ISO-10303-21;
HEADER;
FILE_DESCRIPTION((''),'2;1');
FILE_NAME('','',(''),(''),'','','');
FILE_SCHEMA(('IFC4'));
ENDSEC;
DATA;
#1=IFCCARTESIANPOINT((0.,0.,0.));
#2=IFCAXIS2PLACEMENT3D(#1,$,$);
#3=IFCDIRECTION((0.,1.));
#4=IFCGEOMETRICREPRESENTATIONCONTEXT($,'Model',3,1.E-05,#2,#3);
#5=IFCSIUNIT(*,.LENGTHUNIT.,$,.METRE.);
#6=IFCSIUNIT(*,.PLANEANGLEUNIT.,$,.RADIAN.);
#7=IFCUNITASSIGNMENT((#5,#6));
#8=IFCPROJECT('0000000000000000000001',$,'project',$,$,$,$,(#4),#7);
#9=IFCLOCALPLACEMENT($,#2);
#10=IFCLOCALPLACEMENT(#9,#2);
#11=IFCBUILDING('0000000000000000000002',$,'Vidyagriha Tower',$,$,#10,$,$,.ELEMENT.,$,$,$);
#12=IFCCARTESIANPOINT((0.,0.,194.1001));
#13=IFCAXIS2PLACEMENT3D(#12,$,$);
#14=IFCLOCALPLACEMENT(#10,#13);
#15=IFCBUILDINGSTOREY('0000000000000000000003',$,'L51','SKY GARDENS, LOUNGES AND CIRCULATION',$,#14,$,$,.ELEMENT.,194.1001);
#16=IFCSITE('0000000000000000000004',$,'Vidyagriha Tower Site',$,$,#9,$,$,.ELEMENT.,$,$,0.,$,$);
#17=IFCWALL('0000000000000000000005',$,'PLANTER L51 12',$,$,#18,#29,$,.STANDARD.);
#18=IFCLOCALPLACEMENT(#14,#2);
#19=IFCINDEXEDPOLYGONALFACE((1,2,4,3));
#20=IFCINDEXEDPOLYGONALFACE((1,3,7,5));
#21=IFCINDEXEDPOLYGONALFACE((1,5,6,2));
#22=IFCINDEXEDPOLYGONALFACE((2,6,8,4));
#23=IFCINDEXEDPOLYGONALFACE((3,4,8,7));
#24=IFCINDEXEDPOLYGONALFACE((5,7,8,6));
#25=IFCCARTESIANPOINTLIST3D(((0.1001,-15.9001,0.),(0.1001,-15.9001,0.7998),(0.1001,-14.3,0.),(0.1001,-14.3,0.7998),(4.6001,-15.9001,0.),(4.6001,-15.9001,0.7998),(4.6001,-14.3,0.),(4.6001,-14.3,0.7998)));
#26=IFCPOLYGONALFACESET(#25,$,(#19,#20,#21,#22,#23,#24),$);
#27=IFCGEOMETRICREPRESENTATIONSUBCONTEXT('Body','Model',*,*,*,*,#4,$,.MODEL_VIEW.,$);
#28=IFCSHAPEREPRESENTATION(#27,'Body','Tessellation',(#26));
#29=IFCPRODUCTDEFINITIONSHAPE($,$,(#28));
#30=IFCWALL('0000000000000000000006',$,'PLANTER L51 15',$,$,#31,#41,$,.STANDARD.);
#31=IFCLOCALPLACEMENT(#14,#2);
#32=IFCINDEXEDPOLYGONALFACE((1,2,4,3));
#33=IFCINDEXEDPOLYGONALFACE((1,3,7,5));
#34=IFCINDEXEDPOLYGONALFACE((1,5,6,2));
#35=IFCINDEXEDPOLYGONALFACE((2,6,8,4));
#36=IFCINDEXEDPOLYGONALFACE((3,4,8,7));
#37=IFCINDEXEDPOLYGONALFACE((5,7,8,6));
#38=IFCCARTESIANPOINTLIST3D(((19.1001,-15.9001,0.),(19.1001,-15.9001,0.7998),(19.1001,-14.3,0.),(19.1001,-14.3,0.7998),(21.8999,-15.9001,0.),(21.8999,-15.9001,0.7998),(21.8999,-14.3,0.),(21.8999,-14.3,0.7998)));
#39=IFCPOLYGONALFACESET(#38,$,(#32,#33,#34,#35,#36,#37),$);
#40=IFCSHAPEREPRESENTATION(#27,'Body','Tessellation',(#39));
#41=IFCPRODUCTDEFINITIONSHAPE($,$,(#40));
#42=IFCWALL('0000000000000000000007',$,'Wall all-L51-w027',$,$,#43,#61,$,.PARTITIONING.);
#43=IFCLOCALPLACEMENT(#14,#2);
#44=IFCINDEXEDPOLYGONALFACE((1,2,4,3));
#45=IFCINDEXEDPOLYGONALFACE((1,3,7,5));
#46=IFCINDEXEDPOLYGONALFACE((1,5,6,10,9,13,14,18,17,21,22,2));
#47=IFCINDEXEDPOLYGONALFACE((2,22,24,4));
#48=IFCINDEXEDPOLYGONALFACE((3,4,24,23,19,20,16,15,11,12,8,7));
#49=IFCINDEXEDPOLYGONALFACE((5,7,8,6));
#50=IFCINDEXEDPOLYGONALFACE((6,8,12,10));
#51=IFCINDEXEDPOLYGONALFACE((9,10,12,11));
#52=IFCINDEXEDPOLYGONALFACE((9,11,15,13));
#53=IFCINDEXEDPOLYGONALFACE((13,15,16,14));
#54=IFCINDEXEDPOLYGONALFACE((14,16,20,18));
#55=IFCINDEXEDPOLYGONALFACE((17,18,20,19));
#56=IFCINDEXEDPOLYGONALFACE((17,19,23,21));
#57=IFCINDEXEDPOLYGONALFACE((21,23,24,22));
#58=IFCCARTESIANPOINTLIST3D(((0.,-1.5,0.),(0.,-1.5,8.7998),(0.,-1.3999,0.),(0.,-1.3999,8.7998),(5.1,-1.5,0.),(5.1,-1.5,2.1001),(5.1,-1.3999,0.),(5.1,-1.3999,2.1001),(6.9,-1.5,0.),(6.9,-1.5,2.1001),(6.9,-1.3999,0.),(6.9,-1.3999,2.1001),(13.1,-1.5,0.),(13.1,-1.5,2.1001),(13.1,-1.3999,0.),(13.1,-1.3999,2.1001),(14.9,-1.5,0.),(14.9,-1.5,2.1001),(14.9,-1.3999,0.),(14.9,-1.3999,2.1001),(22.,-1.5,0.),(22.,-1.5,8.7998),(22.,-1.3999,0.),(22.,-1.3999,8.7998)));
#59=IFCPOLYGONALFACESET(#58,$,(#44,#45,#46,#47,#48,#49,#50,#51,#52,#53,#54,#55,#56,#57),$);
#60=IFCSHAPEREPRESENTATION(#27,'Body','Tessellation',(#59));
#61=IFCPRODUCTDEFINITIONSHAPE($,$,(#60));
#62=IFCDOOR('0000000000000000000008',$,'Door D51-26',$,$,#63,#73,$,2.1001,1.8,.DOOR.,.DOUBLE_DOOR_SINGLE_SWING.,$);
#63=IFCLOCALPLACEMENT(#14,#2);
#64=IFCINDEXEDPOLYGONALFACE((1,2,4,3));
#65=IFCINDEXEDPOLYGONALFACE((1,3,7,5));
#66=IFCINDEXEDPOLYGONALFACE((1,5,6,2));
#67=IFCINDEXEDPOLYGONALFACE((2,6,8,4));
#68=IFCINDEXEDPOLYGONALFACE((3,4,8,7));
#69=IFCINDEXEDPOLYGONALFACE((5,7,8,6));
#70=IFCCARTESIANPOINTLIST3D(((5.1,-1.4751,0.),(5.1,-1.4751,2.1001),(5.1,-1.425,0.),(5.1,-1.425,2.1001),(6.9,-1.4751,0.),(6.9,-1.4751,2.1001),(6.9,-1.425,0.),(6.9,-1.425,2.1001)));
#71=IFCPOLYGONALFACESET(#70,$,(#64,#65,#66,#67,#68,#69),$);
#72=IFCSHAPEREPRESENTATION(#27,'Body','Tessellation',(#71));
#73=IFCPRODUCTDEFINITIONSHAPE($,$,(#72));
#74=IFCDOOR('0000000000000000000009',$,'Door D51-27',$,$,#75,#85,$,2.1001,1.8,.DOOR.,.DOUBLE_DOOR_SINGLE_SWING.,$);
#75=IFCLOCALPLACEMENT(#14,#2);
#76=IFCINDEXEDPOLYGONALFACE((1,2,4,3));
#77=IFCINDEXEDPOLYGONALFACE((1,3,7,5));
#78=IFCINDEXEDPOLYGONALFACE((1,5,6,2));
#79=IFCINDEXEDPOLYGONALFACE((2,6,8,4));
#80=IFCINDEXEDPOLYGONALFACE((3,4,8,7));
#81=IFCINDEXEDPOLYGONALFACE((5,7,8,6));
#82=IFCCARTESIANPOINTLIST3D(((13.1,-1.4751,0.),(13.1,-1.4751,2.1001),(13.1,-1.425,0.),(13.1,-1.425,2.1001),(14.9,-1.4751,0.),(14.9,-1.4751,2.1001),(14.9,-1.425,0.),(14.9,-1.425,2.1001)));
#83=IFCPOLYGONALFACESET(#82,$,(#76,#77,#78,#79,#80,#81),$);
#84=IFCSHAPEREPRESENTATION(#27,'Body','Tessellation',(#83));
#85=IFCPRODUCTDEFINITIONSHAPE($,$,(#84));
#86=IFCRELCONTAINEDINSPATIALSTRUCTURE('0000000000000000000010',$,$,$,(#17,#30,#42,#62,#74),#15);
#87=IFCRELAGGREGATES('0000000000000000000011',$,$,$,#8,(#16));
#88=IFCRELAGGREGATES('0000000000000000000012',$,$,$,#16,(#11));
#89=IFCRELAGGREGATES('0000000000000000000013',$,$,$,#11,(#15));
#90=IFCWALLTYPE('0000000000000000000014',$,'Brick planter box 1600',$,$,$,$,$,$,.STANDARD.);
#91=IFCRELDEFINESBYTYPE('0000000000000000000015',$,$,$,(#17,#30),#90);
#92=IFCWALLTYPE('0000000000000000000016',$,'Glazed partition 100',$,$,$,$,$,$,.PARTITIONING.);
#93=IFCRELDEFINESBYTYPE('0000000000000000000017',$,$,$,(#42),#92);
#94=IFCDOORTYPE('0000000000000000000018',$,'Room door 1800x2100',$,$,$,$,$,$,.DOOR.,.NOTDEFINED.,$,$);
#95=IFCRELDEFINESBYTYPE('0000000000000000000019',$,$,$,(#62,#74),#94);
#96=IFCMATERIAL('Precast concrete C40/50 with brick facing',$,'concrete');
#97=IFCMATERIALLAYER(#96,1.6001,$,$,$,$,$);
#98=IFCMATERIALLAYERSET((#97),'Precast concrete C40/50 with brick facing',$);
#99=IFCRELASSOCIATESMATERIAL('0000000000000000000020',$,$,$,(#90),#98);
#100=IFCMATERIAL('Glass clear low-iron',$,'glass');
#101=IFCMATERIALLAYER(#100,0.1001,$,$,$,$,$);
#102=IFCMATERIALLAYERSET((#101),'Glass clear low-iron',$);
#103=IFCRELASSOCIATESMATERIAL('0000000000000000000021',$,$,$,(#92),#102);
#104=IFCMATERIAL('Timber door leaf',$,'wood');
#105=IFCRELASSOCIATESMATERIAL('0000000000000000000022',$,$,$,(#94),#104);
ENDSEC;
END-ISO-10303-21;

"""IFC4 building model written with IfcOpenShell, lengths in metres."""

from ifc_helpers import new_model, si_unit, direction, frame, frame_2d, origin, place, context, subcontext, project, spatial, rectangle, extrude, material, layer, layer_set, type_object, element, fill, save


model = new_model("IFC4")

# Units and contexts
model_context = context("Model", 3, precision=1e-05, world=origin(), true_north=direction((0.0, 1.0)))
body_context = subcontext(model_context, "Body", "Model", "MODEL_VIEW")
ifc_project = project(units=[si_unit("LENGTHUNIT", "METRE"), si_unit("PLANEANGLEUNIT", "RADIAN")], contexts=[model_context])

# Site, building, storey
site_placement = place(None, origin())
site = spatial("IfcSite", under=ifc_project, at=site_placement, Name="Vidyagriha Tower Site", CompositionType="ELEMENT", RefElevation=0.0)
building_placement = place(site_placement, origin())
building = spatial("IfcBuilding", under=site, at=building_placement, Name="Vidyagriha Tower", CompositionType="ELEMENT")
storey_placement = place(building_placement, frame((0.0, 0.0, 194.1001)))
storey = spatial("IfcBuildingStorey", under=building, at=storey_placement, Name="L51", Description="SKY GARDENS, LOUNGES AND CIRCULATION", CompositionType="ELEMENT", Elevation=194.1001)

# Walls
ifc_material_1 = material(Name="Precast concrete C40/50 with brick facing", Category="concrete")
ifc_layer_1 = layer(ifc_material_1, 1.6001)
ifc_layer_set_1 = layer_set([ifc_layer_1], Name="Precast concrete C40/50 with brick facing")
wall_type_1 = type_object("IfcWallType", Name="Brick planter box 1600", PredefinedType="STANDARD", material=ifc_layer_set_1)
wall_1_placement = place(storey_placement, frame((0.1001, -15.1001, 0.0)))
element("IfcWall", 1, at=wall_1_placement, inside=storey, type_object=wall_type_1, Name="PLANTER L51 12", PredefinedType="STANDARD", context=body_context, shape_type="SweptSolid", body=[
    extrude(rectangle(XDim=4.5, YDim=1.6001, at=frame_2d((2.25, 0.0))), origin(), (0.0, 0.0, 1.0), 0.7998),
])
wall_2_placement = place(storey_placement, frame((19.1001, -15.1001, 0.0)))
element("IfcWall", 2, at=wall_2_placement, inside=storey, type_object=wall_type_1, Name="PLANTER L51 15", PredefinedType="STANDARD", context=body_context, shape_type="SweptSolid", body=[
    extrude(rectangle(XDim=2.7998, YDim=1.6001, at=frame_2d((1.3999, 0.0))), origin(), (0.0, 0.0, 1.0), 0.7998),
])

# Wall, openings, doors
ifc_material_2 = material(Name="Glass clear low-iron", Category="glass")
ifc_layer_2 = layer(ifc_material_2, 0.1001)
ifc_layer_set_2 = layer_set([ifc_layer_2], Name="Glass clear low-iron")
wall_type_2 = type_object("IfcWallType", Name="Glazed partition 100", PredefinedType="PARTITIONING", material=ifc_layer_set_2)
wall_3_placement = place(storey_placement, frame((0.0, -1.45, 0.0)))
wall_3 = element("IfcWall", 3, at=wall_3_placement, inside=storey, type_object=wall_type_2, Name="Wall all-L51-w027", PredefinedType="PARTITIONING", context=body_context, shape_type="SweptSolid", body=[
    extrude(rectangle(XDim=22.0, YDim=0.1001, at=frame_2d((11.0, 0.0))), origin(), (0.0, 0.0, 1.0), 8.7998),
])
opening_1_placement = place(wall_3_placement, frame((5.1001, 0.0, 0.0)))
opening_1 = element("IfcOpeningElement", 4, at=opening_1_placement, cuts=wall_3, PredefinedType="OPENING", context=body_context, shape_type="SweptSolid", body=[
    extrude(rectangle(XDim=1.8, YDim=2.1001, at=frame_2d((0.8999, 1.05))), frame((0.0, 0.0601, 0.0), z_axis=(0.0, -1.0, 0.0), x_axis=(1.0, 0.0, 0.0)), (0.0, 0.0, 1.0), 0.1201),
])
opening_2_placement = place(wall_3_placement, frame((13.1001, 0.0, 0.0)))
opening_2 = element("IfcOpeningElement", 5, at=opening_2_placement, cuts=wall_3, PredefinedType="OPENING", context=body_context, shape_type="SweptSolid", body=[
    extrude(rectangle(XDim=1.8, YDim=2.1001, at=frame_2d((0.8999, 1.05))), frame((0.0, 0.0601, 0.0), z_axis=(0.0, -1.0, 0.0), x_axis=(1.0, 0.0, 0.0)), (0.0, 0.0, 1.0), 0.1201),
])
ifc_material_3 = material(Name="Timber door leaf", Category="wood")
door_type = type_object("IfcDoorType", Name="Room door 1800x2100", OperationType="NOTDEFINED", PredefinedType="DOOR", material=ifc_material_3)
door_1_placement = place(opening_1_placement, origin())
door_1 = element("IfcDoor", 6, at=door_1_placement, inside=storey, type_object=door_type, Name="Door D51-26", OperationType="DOUBLE_DOOR_SINGLE_SWING", OverallHeight=2.1001, OverallWidth=1.8, PredefinedType="DOOR", context=body_context, shape_type="SweptSolid", body=[
    extrude(rectangle(XDim=1.8, YDim=2.1001, at=frame_2d((0.8999, 1.05))), frame((0.0, 0.0249, 0.0), z_axis=(0.0, -1.0, 0.0), x_axis=(1.0, 0.0, 0.0)), (0.0, 0.0, 1.0), 0.05),
])
fill(opening_1, door_1)
door_2_placement = place(opening_2_placement, origin())
door_2 = element("IfcDoor", 7, at=door_2_placement, inside=storey, type_object=door_type, Name="Door D51-27", OperationType="DOUBLE_DOOR_SINGLE_SWING", OverallHeight=2.1001, OverallWidth=1.8, PredefinedType="DOOR", context=body_context, shape_type="SweptSolid", body=[
    extrude(rectangle(XDim=1.8, YDim=2.1001, at=frame_2d((0.8999, 1.05))), frame((0.0, 0.0249, 0.0), z_axis=(0.0, -1.0, 0.0), x_axis=(1.0, 0.0, 0.0)), (0.0, 0.0, 1.0), 0.05),
])
fill(opening_2, door_2)

save(model, "model.ifc")
